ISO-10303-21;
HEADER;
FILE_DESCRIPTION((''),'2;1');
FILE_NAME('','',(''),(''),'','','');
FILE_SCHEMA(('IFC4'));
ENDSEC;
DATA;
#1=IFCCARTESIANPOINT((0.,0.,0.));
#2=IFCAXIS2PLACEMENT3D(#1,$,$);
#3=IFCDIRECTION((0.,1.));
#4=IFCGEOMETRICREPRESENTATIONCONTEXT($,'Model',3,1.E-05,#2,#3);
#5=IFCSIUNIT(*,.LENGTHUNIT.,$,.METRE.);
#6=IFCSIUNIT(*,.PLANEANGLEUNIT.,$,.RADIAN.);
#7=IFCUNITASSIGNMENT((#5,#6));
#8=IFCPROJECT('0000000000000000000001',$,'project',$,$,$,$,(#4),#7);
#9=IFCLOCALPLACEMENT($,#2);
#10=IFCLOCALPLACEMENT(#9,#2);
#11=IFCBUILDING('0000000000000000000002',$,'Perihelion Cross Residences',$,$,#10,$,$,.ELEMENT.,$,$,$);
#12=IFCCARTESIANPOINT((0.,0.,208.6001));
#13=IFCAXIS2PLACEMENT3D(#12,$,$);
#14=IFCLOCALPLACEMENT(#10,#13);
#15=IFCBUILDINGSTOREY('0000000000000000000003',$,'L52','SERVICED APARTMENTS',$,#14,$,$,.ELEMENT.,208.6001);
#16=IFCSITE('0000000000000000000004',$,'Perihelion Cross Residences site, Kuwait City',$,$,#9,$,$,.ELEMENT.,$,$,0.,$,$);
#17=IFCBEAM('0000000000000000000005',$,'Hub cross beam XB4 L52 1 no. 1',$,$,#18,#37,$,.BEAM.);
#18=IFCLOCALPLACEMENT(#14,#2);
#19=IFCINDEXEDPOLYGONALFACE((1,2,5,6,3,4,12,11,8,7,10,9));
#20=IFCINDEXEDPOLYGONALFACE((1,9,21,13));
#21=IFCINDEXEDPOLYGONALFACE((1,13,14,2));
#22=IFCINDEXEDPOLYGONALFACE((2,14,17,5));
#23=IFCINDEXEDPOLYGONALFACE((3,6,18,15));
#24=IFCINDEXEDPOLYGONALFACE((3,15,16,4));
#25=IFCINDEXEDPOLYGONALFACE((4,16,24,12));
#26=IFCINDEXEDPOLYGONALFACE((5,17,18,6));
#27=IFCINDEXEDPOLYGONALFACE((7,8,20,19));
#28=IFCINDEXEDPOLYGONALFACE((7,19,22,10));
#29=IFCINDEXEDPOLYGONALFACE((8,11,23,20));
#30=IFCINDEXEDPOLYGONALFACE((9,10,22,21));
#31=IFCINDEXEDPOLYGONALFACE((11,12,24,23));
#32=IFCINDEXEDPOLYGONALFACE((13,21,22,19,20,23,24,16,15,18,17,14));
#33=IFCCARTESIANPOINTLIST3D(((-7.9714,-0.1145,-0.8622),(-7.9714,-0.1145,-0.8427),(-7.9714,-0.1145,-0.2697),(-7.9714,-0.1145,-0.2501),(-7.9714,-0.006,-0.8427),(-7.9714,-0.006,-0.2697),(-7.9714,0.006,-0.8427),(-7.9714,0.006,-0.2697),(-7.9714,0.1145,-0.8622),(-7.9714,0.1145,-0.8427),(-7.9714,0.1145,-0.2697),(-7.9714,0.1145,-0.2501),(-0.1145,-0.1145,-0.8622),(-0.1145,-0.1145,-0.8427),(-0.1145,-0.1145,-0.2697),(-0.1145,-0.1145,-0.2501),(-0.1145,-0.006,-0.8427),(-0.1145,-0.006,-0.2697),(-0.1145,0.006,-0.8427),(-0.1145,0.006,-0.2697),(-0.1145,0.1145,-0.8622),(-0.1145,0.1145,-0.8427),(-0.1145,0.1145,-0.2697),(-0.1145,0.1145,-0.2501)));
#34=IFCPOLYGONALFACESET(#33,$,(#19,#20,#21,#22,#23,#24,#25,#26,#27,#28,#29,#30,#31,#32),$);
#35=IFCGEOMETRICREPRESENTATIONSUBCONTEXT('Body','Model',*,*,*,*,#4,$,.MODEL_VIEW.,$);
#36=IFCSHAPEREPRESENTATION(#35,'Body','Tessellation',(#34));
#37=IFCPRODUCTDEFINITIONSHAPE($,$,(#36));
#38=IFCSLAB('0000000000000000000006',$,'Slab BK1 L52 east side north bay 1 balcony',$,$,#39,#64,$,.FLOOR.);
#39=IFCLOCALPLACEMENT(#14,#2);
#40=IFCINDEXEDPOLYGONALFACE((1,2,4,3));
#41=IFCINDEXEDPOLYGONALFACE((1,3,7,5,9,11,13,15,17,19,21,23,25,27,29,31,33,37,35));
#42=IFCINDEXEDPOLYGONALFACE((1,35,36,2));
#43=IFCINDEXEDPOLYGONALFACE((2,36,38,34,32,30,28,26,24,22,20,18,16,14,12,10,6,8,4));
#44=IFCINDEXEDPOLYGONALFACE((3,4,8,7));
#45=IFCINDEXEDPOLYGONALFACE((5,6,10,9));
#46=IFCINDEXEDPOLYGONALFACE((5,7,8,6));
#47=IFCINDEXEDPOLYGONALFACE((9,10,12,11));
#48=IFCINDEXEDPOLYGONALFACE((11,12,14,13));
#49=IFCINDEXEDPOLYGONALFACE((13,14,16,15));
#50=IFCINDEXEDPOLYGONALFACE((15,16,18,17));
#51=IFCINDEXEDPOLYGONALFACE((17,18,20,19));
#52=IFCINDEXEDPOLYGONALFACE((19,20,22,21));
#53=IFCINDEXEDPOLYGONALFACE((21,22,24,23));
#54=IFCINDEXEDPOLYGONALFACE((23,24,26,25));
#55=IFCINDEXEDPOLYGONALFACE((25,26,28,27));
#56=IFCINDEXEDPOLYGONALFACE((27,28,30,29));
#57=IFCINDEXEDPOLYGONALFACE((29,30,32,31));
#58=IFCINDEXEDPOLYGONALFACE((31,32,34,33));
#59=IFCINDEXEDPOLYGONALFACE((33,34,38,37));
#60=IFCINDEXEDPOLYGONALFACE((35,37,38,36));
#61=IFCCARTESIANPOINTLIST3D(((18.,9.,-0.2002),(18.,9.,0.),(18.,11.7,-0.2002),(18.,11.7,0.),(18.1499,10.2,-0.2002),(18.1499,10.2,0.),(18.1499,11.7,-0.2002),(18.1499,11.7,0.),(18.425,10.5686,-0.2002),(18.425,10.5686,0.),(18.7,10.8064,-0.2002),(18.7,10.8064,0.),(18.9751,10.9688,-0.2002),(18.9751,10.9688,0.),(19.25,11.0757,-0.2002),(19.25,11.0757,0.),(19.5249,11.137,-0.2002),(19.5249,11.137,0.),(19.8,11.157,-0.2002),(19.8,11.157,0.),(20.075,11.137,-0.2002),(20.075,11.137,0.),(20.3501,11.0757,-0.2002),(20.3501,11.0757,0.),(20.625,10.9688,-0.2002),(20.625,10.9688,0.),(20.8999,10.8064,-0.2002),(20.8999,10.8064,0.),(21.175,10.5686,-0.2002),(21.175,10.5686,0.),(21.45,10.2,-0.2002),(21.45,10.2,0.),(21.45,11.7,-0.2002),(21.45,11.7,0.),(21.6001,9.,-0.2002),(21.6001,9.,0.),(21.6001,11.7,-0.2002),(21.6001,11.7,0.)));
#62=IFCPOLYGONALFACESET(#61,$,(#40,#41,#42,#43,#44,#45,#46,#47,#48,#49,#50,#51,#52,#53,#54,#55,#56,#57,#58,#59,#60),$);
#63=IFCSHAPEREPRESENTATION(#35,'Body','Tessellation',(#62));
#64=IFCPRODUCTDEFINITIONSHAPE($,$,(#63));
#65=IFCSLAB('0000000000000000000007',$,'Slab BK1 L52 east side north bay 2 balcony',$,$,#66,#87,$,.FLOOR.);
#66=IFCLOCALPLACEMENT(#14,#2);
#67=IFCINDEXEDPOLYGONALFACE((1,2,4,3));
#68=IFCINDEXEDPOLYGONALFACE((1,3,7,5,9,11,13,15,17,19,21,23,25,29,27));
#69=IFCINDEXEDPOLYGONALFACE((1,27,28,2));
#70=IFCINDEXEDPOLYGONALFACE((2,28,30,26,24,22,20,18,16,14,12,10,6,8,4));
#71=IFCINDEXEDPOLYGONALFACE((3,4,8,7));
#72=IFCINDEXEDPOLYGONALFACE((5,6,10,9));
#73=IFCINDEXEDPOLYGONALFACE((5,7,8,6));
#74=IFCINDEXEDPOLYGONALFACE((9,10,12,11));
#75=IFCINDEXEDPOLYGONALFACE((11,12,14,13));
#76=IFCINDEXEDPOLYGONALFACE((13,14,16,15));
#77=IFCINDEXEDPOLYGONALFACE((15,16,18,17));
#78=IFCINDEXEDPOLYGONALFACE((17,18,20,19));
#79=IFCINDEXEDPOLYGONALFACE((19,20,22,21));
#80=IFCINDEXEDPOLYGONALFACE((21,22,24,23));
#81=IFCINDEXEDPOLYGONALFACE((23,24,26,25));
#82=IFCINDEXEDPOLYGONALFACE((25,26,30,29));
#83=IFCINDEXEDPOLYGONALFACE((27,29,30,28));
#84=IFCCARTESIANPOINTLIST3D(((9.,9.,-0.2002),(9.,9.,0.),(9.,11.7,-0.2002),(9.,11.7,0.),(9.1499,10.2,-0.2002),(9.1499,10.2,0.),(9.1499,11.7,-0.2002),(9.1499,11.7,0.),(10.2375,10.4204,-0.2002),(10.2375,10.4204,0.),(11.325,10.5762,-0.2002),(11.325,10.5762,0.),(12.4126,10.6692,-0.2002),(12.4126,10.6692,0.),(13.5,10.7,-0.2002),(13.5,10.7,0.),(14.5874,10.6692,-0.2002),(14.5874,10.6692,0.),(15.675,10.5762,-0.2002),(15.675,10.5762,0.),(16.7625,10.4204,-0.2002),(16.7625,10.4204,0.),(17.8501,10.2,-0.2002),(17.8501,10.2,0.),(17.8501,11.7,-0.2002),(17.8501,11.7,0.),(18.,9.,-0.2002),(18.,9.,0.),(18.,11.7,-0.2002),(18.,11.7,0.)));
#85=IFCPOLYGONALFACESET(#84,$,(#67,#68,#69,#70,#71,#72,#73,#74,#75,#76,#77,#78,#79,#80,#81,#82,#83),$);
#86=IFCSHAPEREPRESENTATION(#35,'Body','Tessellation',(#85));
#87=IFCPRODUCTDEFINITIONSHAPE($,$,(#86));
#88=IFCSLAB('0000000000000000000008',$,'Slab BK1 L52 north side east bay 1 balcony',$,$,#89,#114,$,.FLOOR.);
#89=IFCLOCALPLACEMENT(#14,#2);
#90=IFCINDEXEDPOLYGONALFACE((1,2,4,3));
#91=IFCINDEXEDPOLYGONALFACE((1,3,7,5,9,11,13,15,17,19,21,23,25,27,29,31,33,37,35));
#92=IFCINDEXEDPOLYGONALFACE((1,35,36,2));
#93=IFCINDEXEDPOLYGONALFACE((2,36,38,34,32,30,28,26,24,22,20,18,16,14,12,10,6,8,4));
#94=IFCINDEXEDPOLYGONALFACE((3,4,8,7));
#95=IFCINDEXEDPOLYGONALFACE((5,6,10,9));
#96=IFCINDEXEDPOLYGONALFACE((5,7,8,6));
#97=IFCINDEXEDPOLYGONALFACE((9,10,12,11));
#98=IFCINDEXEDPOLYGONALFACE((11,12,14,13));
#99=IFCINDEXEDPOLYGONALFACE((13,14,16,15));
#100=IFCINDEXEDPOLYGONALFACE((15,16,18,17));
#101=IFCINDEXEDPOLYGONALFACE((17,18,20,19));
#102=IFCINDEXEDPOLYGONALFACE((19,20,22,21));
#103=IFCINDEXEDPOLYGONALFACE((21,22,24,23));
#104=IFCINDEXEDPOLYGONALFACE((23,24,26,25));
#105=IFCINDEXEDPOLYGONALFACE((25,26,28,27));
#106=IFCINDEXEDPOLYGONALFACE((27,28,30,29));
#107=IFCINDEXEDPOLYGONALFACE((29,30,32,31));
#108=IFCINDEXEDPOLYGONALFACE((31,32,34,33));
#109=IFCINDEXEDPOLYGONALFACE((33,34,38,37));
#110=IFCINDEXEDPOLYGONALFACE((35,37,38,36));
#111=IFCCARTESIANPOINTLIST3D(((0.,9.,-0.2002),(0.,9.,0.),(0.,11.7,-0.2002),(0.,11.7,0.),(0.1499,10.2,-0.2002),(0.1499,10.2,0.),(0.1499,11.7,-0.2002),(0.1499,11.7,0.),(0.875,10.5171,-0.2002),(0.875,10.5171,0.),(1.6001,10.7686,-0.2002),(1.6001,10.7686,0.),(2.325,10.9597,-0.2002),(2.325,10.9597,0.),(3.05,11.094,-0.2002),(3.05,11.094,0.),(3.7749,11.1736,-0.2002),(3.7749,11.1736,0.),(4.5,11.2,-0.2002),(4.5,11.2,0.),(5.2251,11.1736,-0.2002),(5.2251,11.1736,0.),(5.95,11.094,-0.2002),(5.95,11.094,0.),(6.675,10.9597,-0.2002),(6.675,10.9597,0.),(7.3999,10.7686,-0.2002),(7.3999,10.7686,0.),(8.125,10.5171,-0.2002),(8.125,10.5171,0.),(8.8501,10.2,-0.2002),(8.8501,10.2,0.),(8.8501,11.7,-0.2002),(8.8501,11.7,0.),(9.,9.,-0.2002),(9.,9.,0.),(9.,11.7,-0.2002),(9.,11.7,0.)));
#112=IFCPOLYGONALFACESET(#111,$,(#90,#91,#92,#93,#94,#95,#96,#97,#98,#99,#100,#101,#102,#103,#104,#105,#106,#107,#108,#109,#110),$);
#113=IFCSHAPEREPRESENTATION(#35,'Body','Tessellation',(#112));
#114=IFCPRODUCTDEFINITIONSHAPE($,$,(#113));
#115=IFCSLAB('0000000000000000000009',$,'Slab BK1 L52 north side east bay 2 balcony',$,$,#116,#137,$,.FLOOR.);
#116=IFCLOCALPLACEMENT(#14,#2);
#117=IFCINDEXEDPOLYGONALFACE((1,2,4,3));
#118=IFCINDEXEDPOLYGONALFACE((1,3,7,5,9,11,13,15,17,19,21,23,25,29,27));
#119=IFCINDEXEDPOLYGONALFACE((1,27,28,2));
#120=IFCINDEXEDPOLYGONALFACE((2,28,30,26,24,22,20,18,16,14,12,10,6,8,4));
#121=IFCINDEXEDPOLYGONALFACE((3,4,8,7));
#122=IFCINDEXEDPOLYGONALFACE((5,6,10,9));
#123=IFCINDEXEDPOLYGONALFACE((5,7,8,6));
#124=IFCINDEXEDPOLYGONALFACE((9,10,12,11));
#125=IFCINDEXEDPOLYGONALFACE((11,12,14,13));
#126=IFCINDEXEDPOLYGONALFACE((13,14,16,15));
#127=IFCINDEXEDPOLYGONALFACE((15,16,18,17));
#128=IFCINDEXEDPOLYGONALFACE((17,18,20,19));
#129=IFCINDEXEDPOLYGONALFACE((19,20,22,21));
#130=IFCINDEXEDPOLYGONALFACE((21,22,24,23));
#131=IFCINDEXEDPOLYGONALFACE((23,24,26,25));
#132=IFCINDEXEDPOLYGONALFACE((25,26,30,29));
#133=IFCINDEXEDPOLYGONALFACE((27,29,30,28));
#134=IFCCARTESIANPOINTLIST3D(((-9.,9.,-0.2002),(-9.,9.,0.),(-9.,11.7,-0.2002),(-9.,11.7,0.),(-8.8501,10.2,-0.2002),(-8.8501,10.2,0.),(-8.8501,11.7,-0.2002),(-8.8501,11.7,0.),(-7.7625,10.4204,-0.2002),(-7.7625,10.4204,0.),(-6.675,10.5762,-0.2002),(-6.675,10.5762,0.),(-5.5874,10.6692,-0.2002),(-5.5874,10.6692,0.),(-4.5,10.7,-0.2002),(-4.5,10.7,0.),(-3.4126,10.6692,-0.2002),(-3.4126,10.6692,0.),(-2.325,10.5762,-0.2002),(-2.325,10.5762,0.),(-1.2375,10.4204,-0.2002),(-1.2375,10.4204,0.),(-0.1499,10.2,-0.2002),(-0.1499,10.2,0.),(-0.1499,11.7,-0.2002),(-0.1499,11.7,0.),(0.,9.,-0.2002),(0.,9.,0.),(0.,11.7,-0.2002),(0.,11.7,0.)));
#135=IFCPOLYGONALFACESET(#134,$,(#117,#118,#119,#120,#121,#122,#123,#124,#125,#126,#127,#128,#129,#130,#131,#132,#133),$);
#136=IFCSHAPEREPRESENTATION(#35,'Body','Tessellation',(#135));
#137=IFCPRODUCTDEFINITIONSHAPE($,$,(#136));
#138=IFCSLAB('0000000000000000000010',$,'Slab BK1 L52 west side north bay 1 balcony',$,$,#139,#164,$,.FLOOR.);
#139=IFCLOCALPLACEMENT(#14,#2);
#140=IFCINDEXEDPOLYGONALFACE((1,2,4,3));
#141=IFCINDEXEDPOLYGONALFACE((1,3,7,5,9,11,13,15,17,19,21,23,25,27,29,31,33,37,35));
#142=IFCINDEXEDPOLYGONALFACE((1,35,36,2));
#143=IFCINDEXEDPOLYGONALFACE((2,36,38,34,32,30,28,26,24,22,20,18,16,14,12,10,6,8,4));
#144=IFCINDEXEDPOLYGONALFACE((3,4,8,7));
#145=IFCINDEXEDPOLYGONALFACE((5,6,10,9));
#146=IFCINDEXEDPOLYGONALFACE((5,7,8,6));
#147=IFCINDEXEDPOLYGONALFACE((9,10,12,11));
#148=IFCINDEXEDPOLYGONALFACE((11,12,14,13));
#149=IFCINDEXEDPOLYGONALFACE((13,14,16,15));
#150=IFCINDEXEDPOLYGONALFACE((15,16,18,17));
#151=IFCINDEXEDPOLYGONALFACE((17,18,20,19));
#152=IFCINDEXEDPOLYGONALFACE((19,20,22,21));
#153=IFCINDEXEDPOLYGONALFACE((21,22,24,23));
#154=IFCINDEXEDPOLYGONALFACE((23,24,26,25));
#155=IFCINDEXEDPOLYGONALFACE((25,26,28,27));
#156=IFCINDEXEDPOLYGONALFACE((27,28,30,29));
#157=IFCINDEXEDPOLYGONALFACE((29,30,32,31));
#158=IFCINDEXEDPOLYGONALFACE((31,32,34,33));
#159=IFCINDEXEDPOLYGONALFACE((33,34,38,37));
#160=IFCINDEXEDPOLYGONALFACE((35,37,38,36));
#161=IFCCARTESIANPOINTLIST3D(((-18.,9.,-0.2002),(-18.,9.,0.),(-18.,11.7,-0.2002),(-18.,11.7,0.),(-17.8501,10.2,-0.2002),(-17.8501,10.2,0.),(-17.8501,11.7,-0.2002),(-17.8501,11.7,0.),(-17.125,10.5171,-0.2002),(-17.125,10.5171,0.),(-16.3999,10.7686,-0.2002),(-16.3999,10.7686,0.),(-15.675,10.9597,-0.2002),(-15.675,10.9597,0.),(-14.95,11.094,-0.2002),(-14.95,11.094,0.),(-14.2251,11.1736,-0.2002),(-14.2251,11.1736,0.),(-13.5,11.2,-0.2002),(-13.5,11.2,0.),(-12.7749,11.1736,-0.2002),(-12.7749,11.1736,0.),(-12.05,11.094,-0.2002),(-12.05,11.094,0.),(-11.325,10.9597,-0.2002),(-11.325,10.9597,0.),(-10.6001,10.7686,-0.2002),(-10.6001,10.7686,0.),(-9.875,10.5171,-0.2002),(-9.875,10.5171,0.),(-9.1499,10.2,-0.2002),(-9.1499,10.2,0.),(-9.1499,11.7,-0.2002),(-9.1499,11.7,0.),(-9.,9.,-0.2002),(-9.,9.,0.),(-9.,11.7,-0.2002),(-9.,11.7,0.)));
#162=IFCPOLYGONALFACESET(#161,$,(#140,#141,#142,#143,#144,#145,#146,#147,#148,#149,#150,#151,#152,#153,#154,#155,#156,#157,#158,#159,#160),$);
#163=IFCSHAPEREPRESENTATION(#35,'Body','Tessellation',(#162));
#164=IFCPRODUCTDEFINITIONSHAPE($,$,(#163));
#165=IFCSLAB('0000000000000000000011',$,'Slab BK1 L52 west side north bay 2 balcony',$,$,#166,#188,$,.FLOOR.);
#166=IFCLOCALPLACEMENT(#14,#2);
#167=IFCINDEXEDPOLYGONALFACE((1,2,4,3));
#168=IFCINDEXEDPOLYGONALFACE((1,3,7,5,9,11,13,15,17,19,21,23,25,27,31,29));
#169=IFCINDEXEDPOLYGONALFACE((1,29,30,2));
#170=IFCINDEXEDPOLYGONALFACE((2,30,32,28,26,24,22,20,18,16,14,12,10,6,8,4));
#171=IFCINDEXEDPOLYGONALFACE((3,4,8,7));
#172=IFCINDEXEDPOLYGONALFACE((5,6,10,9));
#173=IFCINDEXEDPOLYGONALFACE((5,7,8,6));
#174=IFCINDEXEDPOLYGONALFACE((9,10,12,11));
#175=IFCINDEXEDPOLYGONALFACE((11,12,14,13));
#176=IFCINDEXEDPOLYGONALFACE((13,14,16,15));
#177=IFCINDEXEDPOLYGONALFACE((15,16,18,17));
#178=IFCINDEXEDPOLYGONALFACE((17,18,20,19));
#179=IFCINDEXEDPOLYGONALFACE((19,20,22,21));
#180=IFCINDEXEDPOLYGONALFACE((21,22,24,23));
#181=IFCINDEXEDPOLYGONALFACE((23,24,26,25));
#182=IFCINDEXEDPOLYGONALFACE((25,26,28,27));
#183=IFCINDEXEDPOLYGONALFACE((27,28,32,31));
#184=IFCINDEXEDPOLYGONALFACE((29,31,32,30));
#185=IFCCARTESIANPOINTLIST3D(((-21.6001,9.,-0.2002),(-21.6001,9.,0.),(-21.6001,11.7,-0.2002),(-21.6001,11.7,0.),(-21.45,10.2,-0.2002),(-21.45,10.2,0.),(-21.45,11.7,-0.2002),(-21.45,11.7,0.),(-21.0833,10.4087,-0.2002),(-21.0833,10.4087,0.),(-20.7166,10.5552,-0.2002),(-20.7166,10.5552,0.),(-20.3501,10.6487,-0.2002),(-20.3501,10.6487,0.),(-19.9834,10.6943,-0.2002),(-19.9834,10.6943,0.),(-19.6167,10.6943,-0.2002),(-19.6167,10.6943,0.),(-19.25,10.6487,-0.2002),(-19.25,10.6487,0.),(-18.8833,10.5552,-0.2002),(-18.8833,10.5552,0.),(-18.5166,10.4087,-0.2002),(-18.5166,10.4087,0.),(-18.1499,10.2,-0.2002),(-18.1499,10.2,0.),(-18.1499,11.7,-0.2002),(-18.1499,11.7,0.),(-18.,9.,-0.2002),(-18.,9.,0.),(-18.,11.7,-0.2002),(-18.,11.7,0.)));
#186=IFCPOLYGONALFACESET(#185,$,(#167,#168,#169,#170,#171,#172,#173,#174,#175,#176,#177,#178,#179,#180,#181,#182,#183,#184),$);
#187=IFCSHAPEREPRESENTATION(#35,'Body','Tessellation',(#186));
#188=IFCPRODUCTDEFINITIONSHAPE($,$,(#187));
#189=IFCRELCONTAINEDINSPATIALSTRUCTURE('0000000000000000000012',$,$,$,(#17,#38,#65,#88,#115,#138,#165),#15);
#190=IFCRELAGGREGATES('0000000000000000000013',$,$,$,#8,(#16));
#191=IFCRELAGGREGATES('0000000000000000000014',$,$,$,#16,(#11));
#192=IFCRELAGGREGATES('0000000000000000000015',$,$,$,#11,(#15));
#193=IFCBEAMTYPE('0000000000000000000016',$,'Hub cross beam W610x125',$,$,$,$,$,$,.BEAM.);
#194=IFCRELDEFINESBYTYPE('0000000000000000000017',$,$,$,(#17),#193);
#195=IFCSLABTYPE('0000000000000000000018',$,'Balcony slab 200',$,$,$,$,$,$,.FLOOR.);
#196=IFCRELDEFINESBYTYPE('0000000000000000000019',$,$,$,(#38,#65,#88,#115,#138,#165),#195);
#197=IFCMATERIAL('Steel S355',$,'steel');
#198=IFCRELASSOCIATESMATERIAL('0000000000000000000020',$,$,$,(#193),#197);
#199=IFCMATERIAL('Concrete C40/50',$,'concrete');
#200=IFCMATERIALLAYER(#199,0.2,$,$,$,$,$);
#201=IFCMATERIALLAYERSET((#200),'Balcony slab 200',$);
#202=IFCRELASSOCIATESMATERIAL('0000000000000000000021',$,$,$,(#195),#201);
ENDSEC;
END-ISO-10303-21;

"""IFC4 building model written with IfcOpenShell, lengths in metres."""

from ifc_helpers import new_model, si_unit, direction, frame, origin, origin_2d, place, context, subcontext, project, spatial, polyline, i_section, outline, extrude, material, layer, layer_set, material_profile, profile_set, type_object, element, save


model = new_model("IFC4")

# Units and contexts
model_context = context("Model", 3, precision=1e-05, world=origin(), true_north=direction((0.0, 1.0)))
body_context = subcontext(model_context, "Body", "Model", "MODEL_VIEW")
ifc_project = project(units=[si_unit("LENGTHUNIT", "METRE"), si_unit("PLANEANGLEUNIT", "RADIAN")], contexts=[model_context])

# Site, building, storey
site_placement = place(None, origin())
site = spatial("IfcSite", under=ifc_project, at=site_placement, Name="Perihelion Cross Residences site, Kuwait City", CompositionType="ELEMENT", RefElevation=0.0)
building_placement = place(site_placement, origin())
building = spatial("IfcBuilding", under=site, at=building_placement, Name="Perihelion Cross Residences", CompositionType="ELEMENT")
storey_placement = place(building_placement, frame((0.0, 0.0, 208.6001)))
storey = spatial("IfcBuildingStorey", under=building, at=storey_placement, Name="L52", Description="SERVICED APARTMENTS", CompositionType="ELEMENT", Elevation=208.6001)

# Beam
ifc_material_1 = material(Name="Steel S355", Category="steel")
ifc_material_profile = material_profile(ifc_material_1, i_section(OverallWidth=0.229, OverallDepth=0.6121, WebThickness=0.012, FlangeThickness=0.0195, at=origin_2d()), Name="W610x125")
ifc_profile_set = profile_set([ifc_material_profile], Name="Steel S355")
beam_type = type_object("IfcBeamType", Name="Hub cross beam W610x125", PredefinedType="BEAM", material=ifc_profile_set)
beam_placement = place(storey_placement, frame((-7.9714, 0.0, -0.5562), z_axis=(1.0, 0.0, 0.0), x_axis=(0.0, 1.0, 0.0)))
element("IfcBeam", 1, at=beam_placement, inside=storey, type_object=beam_type, Name="Hub cross beam XB4 L52 1 no. 1", PredefinedType="BEAM", context=body_context, shape_type="SweptSolid", body=[
    extrude(i_section(OverallWidth=0.229, OverallDepth=0.6121, WebThickness=0.012, FlangeThickness=0.0195, at=origin_2d()), origin(), (0.0, 0.0, 1.0), 7.8569),
])

# Slabs
ifc_material_2 = material(Name="Concrete C40/50", Category="concrete")
ifc_layer_1 = layer(ifc_material_2, 0.2)
ifc_layer_set_1 = layer_set([ifc_layer_1], Name="Balcony slab 200")
slab_type_1 = type_object("IfcSlabType", Name="Balcony slab 200", PredefinedType="FLOOR", material=ifc_layer_set_1)
slab_1_placement = place(storey_placement, frame((0.0, 0.0, -0.2002)))
element("IfcSlab", 2, at=slab_1_placement, inside=storey, type_object=slab_type_1, Name="Slab BK1 L52 east side north bay 1 balcony", PredefinedType="FLOOR", context=body_context, shape_type="SweptSolid", body=[
    extrude(outline(polyline([(21.6001, 9.0), (18.0, 9.0), (18.0, 11.7), (18.1499, 11.7), (18.1499, 10.2), (18.425, 10.5686), (18.7, 10.8064), (18.9751, 10.9688), (19.25, 11.0757), (19.5249, 11.137), (19.8, 11.157), (20.075, 11.137), (20.3501, 11.0757), (20.625, 10.9688), (20.8999, 10.8064), (21.175, 10.5686), (21.45, 10.2), (21.45, 11.7), (21.6001, 11.7), (21.6001, 9.0)])), origin(), (0.0, 0.0, 1.0), 0.2002),
])
slab_2_placement = place(storey_placement, frame((0.0, 0.0, -0.2002)))
element("IfcSlab", 3, at=slab_2_placement, inside=storey, type_object=slab_type_1, Name="Slab BK1 L52 east side north bay 2 balcony", PredefinedType="FLOOR", context=body_context, shape_type="SweptSolid", body=[
    extrude(outline(polyline([(18.0, 9.0), (9.0, 9.0), (9.0, 11.7), (9.1499, 11.7), (9.1499, 10.2), (10.2375, 10.4204), (11.325, 10.5762), (12.4126, 10.6692), (13.5, 10.7), (14.5874, 10.6692), (15.675, 10.5762), (16.7625, 10.4204), (17.8501, 10.2), (17.8501, 11.7), (18.0, 11.7), (18.0, 9.0)])), origin(), (0.0, 0.0, 1.0), 0.2002),
])
slab_3_placement = place(storey_placement, frame((0.0, 0.0, -0.2002)))
element("IfcSlab", 4, at=slab_3_placement, inside=storey, type_object=slab_type_1, Name="Slab BK1 L52 north side east bay 1 balcony", PredefinedType="FLOOR", context=body_context, shape_type="SweptSolid", body=[
    extrude(outline(polyline([(9.0, 9.0), (0.0, 9.0), (0.0, 11.7), (0.1499, 11.7), (0.1499, 10.2), (0.875, 10.5171), (1.6001, 10.7686), (2.325, 10.9597), (3.05, 11.094), (3.7749, 11.1736), (4.5, 11.2), (5.2251, 11.1736), (5.95, 11.094), (6.675, 10.9597), (7.3999, 10.7686), (8.125, 10.5171), (8.8501, 10.2), (8.8501, 11.7), (9.0, 11.7), (9.0, 9.0)])), origin(), (0.0, 0.0, 1.0), 0.2002),
])
slab_4_placement = place(storey_placement, frame((0.0, 0.0, -0.2002)))
element("IfcSlab", 5, at=slab_4_placement, inside=storey, type_object=slab_type_1, Name="Slab BK1 L52 north side east bay 2 balcony", PredefinedType="FLOOR", context=body_context, shape_type="SweptSolid", body=[
    extrude(outline(polyline([(0.0, 9.0), (-9.0, 9.0), (-9.0, 11.7), (-8.8501, 11.7), (-8.8501, 10.2), (-7.7625, 10.4204), (-6.675, 10.5762), (-5.5874, 10.6692), (-4.5, 10.7), (-3.4126, 10.6692), (-2.325, 10.5762), (-1.2375, 10.4204), (-0.1499, 10.2), (-0.1499, 11.7), (0.0, 11.7), (0.0, 9.0)])), origin(), (0.0, 0.0, 1.0), 0.2002),
])
slab_5_placement = place(storey_placement, frame((0.0, 0.0, -0.2002)))
element("IfcSlab", 6, at=slab_5_placement, inside=storey, type_object=slab_type_1, Name="Slab BK1 L52 west side north bay 1 balcony", PredefinedType="FLOOR", context=body_context, shape_type="SweptSolid", body=[
    extrude(outline(polyline([(-9.0, 9.0), (-18.0, 9.0), (-18.0, 11.7), (-17.8501, 11.7), (-17.8501, 10.2), (-17.125, 10.5171), (-16.3999, 10.7686), (-15.675, 10.9597), (-14.95, 11.094), (-14.2251, 11.1736), (-13.5, 11.2), (-12.7749, 11.1736), (-12.05, 11.094), (-11.325, 10.9597), (-10.6001, 10.7686), (-9.875, 10.5171), (-9.1499, 10.2), (-9.1499, 11.7), (-9.0, 11.7), (-9.0, 9.0)])), origin(), (0.0, 0.0, 1.0), 0.2002),
])
slab_6_placement = place(storey_placement, frame((0.0, 0.0, -0.2002)))
element("IfcSlab", 7, at=slab_6_placement, inside=storey, type_object=slab_type_1, Name="Slab BK1 L52 west side north bay 2 balcony", PredefinedType="FLOOR", context=body_context, shape_type="SweptSolid", body=[
    extrude(outline(polyline([(-18.0, 9.0), (-21.6001, 9.0), (-21.6001, 11.7), (-21.45, 11.7), (-21.45, 10.2), (-21.0833, 10.4087), (-20.7166, 10.5552), (-20.3501, 10.6487), (-19.9834, 10.6943), (-19.6167, 10.6943), (-19.25, 10.6487), (-18.8833, 10.5552), (-18.5166, 10.4087), (-18.1499, 10.2), (-18.1499, 11.7), (-18.0, 11.7), (-18.0, 9.0)])), origin(), (0.0, 0.0, 1.0), 0.2002),
])

save(model, "model.ifc")
